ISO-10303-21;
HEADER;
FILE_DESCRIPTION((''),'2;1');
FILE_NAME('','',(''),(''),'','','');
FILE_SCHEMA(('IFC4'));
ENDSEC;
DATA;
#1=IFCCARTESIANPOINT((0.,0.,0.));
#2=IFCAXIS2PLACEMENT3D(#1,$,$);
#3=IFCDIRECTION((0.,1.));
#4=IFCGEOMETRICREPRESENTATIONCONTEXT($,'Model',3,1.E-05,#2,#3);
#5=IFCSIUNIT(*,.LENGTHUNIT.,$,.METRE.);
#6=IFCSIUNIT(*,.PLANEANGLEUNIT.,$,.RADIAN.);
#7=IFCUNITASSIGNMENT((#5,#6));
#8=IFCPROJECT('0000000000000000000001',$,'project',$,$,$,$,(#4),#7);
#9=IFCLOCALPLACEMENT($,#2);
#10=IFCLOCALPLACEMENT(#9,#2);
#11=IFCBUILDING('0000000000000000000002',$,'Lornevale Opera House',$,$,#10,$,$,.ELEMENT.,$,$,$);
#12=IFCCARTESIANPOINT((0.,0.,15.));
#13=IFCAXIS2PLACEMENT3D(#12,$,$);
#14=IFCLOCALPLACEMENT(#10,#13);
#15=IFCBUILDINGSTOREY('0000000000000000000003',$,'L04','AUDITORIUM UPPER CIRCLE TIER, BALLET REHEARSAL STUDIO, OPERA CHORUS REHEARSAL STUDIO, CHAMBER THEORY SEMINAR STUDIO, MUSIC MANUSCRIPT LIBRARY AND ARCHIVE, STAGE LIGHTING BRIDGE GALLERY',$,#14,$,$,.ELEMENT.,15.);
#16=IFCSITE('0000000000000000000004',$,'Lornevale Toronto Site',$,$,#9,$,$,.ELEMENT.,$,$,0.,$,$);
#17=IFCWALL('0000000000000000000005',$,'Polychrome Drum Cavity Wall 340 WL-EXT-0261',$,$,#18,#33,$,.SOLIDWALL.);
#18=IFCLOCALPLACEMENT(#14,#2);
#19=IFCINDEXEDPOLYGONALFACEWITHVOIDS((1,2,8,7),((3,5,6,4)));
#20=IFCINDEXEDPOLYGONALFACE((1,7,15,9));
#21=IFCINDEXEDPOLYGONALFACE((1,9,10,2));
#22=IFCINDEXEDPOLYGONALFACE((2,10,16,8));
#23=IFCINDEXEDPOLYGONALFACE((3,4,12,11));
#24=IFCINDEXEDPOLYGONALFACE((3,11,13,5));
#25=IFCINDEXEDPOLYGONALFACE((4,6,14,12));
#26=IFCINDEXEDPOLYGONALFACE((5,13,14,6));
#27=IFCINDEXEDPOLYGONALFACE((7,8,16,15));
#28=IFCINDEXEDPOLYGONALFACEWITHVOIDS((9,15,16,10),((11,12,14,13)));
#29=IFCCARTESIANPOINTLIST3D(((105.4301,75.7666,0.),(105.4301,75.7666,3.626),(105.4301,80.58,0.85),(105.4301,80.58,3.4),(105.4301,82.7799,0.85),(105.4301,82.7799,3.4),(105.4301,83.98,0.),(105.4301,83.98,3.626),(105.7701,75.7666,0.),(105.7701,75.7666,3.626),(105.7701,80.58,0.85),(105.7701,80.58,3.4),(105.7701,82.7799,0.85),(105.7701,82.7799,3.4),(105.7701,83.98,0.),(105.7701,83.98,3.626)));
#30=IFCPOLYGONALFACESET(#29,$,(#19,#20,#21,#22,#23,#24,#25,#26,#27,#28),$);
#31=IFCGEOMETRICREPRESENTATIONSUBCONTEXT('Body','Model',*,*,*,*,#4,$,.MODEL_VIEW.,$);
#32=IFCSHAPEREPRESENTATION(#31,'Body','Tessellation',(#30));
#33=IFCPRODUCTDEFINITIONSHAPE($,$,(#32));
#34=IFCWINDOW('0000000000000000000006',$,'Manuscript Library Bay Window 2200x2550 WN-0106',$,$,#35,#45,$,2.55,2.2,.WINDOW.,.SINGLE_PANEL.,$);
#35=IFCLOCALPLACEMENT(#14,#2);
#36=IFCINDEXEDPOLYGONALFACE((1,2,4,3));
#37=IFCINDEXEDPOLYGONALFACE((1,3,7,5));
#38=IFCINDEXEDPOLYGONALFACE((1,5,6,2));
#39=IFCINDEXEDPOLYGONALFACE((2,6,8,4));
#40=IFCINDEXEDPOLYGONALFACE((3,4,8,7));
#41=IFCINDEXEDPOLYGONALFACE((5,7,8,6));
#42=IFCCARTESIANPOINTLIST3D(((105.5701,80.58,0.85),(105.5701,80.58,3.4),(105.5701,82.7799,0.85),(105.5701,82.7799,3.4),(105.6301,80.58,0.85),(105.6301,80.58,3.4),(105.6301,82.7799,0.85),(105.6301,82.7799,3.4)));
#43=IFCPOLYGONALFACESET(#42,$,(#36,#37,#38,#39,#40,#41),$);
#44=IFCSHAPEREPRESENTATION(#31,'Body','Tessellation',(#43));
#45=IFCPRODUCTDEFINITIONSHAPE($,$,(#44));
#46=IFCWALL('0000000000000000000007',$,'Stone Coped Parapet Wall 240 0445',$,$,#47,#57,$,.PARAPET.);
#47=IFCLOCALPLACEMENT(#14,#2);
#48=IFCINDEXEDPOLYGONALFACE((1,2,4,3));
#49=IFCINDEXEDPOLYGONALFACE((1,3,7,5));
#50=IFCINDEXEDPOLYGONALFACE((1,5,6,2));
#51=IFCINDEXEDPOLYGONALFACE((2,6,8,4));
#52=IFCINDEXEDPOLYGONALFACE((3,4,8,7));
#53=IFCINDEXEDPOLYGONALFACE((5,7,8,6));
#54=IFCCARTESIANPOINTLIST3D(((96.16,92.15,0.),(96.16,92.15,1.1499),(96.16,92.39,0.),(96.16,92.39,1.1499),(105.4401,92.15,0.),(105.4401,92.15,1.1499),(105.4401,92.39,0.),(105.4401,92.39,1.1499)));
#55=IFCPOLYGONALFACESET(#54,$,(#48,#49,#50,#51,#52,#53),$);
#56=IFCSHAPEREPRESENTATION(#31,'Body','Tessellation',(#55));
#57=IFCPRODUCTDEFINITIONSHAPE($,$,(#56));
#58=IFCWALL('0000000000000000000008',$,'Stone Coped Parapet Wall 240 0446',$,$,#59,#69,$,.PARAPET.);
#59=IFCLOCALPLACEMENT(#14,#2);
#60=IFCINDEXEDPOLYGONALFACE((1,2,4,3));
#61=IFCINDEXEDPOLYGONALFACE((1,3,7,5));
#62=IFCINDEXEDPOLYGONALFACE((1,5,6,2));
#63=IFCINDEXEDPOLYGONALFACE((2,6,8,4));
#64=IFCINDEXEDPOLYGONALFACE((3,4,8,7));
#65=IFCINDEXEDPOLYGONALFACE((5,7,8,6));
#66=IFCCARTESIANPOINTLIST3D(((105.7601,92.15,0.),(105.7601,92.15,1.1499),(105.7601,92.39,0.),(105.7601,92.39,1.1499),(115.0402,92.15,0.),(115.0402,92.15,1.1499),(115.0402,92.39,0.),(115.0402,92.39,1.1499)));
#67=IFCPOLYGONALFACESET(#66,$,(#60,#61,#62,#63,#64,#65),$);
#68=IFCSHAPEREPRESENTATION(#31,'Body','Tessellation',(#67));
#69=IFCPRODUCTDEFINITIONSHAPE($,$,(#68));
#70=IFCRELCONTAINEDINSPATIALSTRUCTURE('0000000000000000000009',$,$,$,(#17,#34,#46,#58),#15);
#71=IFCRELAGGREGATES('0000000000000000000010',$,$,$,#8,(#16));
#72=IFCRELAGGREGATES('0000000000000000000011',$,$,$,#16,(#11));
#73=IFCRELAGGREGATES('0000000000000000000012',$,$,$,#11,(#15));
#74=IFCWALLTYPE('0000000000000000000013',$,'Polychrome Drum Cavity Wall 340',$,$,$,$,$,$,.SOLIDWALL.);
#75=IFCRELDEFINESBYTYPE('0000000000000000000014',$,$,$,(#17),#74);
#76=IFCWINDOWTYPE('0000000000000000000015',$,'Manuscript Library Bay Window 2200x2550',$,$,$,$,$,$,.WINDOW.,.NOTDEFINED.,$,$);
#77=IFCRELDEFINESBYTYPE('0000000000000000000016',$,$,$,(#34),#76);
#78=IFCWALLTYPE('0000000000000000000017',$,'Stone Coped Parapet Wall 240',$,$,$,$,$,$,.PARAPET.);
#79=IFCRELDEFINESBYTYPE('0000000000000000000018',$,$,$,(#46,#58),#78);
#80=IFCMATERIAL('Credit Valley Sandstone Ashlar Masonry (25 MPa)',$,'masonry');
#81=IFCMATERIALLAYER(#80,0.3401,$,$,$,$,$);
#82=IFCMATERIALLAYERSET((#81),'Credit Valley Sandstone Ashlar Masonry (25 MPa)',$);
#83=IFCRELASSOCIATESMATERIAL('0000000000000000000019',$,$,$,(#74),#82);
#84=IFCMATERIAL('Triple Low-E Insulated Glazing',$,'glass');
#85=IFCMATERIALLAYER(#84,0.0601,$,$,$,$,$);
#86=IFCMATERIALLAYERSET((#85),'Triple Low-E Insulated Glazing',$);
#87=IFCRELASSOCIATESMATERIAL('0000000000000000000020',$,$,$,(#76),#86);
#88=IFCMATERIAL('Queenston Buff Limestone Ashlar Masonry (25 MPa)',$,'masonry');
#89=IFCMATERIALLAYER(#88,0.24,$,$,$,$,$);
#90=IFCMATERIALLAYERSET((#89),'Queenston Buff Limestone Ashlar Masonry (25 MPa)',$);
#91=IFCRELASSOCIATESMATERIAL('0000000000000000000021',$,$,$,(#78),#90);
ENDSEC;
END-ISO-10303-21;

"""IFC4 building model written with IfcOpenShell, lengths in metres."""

from ifc_helpers import new_model, si_unit, direction, frame, frame_2d, origin, place, context, subcontext, project, spatial, rectangle, extrude, material, layer, layer_set, type_object, element, fill, save


model = new_model("IFC4")

# Units and contexts
model_context = context("Model", 3, precision=1e-05, world=origin(), true_north=direction((0.0, 1.0)))
body_context = subcontext(model_context, "Body", "Model", "MODEL_VIEW")
ifc_project = project(units=[si_unit("LENGTHUNIT", "METRE"), si_unit("PLANEANGLEUNIT", "RADIAN")], contexts=[model_context])

# Site, building, storey
site_placement = place(None, origin())
site = spatial("IfcSite", under=ifc_project, at=site_placement, Name="Lornevale Toronto Site", CompositionType="ELEMENT", RefElevation=0.0)
building_placement = place(site_placement, origin())
building = spatial("IfcBuilding", under=site, at=building_placement, Name="Lornevale Opera House", CompositionType="ELEMENT")
storey_placement = place(building_placement, frame((0.0, 0.0, 15.0)))
storey = spatial("IfcBuildingStorey", under=building, at=storey_placement, Name="L04", Description="AUDITORIUM UPPER CIRCLE TIER, BALLET REHEARSAL STUDIO, OPERA CHORUS REHEARSAL STUDIO, CHAMBER THEORY SEMINAR STUDIO, MUSIC MANUSCRIPT LIBRARY AND ARCHIVE, STAGE LIGHTING BRIDGE GALLERY", CompositionType="ELEMENT", Elevation=15.0)

# Wall, opening, window
ifc_material_1 = material(Name="Credit Valley Sandstone Ashlar Masonry (25 MPa)", Category="masonry")
ifc_layer_1 = layer(ifc_material_1, 0.3401)
ifc_layer_set_1 = layer_set([ifc_layer_1], Name="Credit Valley Sandstone Ashlar Masonry (25 MPa)")
wall_type_1 = type_object("IfcWallType", Name="Polychrome Drum Cavity Wall 340", PredefinedType="SOLIDWALL", material=ifc_layer_set_1)
ifc_material_2 = material(Name="Triple Low-E Insulated Glazing", Category="glass")
ifc_layer_2 = layer(ifc_material_2, 0.0601)
ifc_layer_set_2 = layer_set([ifc_layer_2], Name="Triple Low-E Insulated Glazing")
window_type = type_object("IfcWindowType", Name="Manuscript Library Bay Window 2200x2550", PartitioningType="NOTDEFINED", PredefinedType="WINDOW", material=ifc_layer_set_2)
wall_1_placement = place(storey_placement, frame((105.6001, 83.98, 0.0), z_axis=(0.0, 0.0, 1.0), x_axis=(0.0, -1.0, 0.0)))
wall_1 = element("IfcWall", 1, at=wall_1_placement, inside=storey, type_object=wall_type_1, Name="Polychrome Drum Cavity Wall 340 WL-EXT-0261", PredefinedType="SOLIDWALL", context=body_context, shape_type="SweptSolid", body=[
    extrude(rectangle(XDim=8.2134, YDim=0.3401, at=frame_2d((4.1067, 0.0))), origin(), (0.0, 0.0, 1.0), 3.626),
])
opening_1_placement = place(wall_1_placement, frame((1.2, 0.0, 0.8501)))
opening_1 = element("IfcOpeningElement", 2, at=opening_1_placement, cuts=wall_1, PredefinedType="OPENING", context=body_context, shape_type="SweptSolid", body=[
    extrude(rectangle(XDim=2.2, YDim=2.55, at=frame_2d((1.1001, 1.2749))), frame((0.0, 0.1799, 0.0), z_axis=(0.0, -1.0, 0.0), x_axis=(1.0, 0.0, 0.0)), (0.0, 0.0, 1.0), 0.3601),
])
window_1_placement = place(opening_1_placement, origin())
window_1 = element("IfcWindow", 3, at=window_1_placement, inside=storey, type_object=window_type, Name="Manuscript Library Bay Window 2200x2550 WN-0106", OverallHeight=2.55, OverallWidth=2.2, PartitioningType="SINGLE_PANEL", PredefinedType="WINDOW", context=body_context, shape_type="SweptSolid", body=[
    extrude(rectangle(XDim=2.2, YDim=2.55, at=frame_2d((1.1001, 1.2749))), frame((0.0, 0.03, 0.0), z_axis=(0.0, -1.0, 0.0), x_axis=(1.0, 0.0, 0.0)), (0.0, 0.0, 1.0), 0.0601),
])
fill(opening_1, window_1)

# Walls
ifc_material_3 = material(Name="Queenston Buff Limestone Ashlar Masonry (25 MPa)", Category="masonry")
ifc_layer_3 = layer(ifc_material_3, 0.24)
ifc_layer_set_3 = layer_set([ifc_layer_3], Name="Queenston Buff Limestone Ashlar Masonry (25 MPa)")
wall_type_2 = type_object("IfcWallType", Name="Stone Coped Parapet Wall 240", PredefinedType="PARAPET", material=ifc_layer_set_3)
for number, where, z_axis, x_axis, name in (
    (4, (96.1599, 92.27, 0.0), (0.0, 0.0, 1.0), (1.0, 0.0, 0.0), "Stone Coped Parapet Wall 240 0445"),
    (5, (105.76, 92.27, 0.0), (0.0, 0.0, 1.0), (1.0, 0.0, 0.0), "Stone Coped Parapet Wall 240 0446"),
):
    element("IfcWall", number, at=place(storey_placement, frame(where, z_axis=z_axis, x_axis=x_axis)), inside=storey, type_object=wall_type_2, Name=name, PredefinedType="PARAPET", context=body_context, shape_type="SweptSolid", body=[
        extrude(rectangle(XDim=9.28, YDim=0.24, at=frame_2d((4.6401, 0.0))), origin(), (0.0, 0.0, 1.0), 1.1499),
    ])

save(model, "model.ifc")
